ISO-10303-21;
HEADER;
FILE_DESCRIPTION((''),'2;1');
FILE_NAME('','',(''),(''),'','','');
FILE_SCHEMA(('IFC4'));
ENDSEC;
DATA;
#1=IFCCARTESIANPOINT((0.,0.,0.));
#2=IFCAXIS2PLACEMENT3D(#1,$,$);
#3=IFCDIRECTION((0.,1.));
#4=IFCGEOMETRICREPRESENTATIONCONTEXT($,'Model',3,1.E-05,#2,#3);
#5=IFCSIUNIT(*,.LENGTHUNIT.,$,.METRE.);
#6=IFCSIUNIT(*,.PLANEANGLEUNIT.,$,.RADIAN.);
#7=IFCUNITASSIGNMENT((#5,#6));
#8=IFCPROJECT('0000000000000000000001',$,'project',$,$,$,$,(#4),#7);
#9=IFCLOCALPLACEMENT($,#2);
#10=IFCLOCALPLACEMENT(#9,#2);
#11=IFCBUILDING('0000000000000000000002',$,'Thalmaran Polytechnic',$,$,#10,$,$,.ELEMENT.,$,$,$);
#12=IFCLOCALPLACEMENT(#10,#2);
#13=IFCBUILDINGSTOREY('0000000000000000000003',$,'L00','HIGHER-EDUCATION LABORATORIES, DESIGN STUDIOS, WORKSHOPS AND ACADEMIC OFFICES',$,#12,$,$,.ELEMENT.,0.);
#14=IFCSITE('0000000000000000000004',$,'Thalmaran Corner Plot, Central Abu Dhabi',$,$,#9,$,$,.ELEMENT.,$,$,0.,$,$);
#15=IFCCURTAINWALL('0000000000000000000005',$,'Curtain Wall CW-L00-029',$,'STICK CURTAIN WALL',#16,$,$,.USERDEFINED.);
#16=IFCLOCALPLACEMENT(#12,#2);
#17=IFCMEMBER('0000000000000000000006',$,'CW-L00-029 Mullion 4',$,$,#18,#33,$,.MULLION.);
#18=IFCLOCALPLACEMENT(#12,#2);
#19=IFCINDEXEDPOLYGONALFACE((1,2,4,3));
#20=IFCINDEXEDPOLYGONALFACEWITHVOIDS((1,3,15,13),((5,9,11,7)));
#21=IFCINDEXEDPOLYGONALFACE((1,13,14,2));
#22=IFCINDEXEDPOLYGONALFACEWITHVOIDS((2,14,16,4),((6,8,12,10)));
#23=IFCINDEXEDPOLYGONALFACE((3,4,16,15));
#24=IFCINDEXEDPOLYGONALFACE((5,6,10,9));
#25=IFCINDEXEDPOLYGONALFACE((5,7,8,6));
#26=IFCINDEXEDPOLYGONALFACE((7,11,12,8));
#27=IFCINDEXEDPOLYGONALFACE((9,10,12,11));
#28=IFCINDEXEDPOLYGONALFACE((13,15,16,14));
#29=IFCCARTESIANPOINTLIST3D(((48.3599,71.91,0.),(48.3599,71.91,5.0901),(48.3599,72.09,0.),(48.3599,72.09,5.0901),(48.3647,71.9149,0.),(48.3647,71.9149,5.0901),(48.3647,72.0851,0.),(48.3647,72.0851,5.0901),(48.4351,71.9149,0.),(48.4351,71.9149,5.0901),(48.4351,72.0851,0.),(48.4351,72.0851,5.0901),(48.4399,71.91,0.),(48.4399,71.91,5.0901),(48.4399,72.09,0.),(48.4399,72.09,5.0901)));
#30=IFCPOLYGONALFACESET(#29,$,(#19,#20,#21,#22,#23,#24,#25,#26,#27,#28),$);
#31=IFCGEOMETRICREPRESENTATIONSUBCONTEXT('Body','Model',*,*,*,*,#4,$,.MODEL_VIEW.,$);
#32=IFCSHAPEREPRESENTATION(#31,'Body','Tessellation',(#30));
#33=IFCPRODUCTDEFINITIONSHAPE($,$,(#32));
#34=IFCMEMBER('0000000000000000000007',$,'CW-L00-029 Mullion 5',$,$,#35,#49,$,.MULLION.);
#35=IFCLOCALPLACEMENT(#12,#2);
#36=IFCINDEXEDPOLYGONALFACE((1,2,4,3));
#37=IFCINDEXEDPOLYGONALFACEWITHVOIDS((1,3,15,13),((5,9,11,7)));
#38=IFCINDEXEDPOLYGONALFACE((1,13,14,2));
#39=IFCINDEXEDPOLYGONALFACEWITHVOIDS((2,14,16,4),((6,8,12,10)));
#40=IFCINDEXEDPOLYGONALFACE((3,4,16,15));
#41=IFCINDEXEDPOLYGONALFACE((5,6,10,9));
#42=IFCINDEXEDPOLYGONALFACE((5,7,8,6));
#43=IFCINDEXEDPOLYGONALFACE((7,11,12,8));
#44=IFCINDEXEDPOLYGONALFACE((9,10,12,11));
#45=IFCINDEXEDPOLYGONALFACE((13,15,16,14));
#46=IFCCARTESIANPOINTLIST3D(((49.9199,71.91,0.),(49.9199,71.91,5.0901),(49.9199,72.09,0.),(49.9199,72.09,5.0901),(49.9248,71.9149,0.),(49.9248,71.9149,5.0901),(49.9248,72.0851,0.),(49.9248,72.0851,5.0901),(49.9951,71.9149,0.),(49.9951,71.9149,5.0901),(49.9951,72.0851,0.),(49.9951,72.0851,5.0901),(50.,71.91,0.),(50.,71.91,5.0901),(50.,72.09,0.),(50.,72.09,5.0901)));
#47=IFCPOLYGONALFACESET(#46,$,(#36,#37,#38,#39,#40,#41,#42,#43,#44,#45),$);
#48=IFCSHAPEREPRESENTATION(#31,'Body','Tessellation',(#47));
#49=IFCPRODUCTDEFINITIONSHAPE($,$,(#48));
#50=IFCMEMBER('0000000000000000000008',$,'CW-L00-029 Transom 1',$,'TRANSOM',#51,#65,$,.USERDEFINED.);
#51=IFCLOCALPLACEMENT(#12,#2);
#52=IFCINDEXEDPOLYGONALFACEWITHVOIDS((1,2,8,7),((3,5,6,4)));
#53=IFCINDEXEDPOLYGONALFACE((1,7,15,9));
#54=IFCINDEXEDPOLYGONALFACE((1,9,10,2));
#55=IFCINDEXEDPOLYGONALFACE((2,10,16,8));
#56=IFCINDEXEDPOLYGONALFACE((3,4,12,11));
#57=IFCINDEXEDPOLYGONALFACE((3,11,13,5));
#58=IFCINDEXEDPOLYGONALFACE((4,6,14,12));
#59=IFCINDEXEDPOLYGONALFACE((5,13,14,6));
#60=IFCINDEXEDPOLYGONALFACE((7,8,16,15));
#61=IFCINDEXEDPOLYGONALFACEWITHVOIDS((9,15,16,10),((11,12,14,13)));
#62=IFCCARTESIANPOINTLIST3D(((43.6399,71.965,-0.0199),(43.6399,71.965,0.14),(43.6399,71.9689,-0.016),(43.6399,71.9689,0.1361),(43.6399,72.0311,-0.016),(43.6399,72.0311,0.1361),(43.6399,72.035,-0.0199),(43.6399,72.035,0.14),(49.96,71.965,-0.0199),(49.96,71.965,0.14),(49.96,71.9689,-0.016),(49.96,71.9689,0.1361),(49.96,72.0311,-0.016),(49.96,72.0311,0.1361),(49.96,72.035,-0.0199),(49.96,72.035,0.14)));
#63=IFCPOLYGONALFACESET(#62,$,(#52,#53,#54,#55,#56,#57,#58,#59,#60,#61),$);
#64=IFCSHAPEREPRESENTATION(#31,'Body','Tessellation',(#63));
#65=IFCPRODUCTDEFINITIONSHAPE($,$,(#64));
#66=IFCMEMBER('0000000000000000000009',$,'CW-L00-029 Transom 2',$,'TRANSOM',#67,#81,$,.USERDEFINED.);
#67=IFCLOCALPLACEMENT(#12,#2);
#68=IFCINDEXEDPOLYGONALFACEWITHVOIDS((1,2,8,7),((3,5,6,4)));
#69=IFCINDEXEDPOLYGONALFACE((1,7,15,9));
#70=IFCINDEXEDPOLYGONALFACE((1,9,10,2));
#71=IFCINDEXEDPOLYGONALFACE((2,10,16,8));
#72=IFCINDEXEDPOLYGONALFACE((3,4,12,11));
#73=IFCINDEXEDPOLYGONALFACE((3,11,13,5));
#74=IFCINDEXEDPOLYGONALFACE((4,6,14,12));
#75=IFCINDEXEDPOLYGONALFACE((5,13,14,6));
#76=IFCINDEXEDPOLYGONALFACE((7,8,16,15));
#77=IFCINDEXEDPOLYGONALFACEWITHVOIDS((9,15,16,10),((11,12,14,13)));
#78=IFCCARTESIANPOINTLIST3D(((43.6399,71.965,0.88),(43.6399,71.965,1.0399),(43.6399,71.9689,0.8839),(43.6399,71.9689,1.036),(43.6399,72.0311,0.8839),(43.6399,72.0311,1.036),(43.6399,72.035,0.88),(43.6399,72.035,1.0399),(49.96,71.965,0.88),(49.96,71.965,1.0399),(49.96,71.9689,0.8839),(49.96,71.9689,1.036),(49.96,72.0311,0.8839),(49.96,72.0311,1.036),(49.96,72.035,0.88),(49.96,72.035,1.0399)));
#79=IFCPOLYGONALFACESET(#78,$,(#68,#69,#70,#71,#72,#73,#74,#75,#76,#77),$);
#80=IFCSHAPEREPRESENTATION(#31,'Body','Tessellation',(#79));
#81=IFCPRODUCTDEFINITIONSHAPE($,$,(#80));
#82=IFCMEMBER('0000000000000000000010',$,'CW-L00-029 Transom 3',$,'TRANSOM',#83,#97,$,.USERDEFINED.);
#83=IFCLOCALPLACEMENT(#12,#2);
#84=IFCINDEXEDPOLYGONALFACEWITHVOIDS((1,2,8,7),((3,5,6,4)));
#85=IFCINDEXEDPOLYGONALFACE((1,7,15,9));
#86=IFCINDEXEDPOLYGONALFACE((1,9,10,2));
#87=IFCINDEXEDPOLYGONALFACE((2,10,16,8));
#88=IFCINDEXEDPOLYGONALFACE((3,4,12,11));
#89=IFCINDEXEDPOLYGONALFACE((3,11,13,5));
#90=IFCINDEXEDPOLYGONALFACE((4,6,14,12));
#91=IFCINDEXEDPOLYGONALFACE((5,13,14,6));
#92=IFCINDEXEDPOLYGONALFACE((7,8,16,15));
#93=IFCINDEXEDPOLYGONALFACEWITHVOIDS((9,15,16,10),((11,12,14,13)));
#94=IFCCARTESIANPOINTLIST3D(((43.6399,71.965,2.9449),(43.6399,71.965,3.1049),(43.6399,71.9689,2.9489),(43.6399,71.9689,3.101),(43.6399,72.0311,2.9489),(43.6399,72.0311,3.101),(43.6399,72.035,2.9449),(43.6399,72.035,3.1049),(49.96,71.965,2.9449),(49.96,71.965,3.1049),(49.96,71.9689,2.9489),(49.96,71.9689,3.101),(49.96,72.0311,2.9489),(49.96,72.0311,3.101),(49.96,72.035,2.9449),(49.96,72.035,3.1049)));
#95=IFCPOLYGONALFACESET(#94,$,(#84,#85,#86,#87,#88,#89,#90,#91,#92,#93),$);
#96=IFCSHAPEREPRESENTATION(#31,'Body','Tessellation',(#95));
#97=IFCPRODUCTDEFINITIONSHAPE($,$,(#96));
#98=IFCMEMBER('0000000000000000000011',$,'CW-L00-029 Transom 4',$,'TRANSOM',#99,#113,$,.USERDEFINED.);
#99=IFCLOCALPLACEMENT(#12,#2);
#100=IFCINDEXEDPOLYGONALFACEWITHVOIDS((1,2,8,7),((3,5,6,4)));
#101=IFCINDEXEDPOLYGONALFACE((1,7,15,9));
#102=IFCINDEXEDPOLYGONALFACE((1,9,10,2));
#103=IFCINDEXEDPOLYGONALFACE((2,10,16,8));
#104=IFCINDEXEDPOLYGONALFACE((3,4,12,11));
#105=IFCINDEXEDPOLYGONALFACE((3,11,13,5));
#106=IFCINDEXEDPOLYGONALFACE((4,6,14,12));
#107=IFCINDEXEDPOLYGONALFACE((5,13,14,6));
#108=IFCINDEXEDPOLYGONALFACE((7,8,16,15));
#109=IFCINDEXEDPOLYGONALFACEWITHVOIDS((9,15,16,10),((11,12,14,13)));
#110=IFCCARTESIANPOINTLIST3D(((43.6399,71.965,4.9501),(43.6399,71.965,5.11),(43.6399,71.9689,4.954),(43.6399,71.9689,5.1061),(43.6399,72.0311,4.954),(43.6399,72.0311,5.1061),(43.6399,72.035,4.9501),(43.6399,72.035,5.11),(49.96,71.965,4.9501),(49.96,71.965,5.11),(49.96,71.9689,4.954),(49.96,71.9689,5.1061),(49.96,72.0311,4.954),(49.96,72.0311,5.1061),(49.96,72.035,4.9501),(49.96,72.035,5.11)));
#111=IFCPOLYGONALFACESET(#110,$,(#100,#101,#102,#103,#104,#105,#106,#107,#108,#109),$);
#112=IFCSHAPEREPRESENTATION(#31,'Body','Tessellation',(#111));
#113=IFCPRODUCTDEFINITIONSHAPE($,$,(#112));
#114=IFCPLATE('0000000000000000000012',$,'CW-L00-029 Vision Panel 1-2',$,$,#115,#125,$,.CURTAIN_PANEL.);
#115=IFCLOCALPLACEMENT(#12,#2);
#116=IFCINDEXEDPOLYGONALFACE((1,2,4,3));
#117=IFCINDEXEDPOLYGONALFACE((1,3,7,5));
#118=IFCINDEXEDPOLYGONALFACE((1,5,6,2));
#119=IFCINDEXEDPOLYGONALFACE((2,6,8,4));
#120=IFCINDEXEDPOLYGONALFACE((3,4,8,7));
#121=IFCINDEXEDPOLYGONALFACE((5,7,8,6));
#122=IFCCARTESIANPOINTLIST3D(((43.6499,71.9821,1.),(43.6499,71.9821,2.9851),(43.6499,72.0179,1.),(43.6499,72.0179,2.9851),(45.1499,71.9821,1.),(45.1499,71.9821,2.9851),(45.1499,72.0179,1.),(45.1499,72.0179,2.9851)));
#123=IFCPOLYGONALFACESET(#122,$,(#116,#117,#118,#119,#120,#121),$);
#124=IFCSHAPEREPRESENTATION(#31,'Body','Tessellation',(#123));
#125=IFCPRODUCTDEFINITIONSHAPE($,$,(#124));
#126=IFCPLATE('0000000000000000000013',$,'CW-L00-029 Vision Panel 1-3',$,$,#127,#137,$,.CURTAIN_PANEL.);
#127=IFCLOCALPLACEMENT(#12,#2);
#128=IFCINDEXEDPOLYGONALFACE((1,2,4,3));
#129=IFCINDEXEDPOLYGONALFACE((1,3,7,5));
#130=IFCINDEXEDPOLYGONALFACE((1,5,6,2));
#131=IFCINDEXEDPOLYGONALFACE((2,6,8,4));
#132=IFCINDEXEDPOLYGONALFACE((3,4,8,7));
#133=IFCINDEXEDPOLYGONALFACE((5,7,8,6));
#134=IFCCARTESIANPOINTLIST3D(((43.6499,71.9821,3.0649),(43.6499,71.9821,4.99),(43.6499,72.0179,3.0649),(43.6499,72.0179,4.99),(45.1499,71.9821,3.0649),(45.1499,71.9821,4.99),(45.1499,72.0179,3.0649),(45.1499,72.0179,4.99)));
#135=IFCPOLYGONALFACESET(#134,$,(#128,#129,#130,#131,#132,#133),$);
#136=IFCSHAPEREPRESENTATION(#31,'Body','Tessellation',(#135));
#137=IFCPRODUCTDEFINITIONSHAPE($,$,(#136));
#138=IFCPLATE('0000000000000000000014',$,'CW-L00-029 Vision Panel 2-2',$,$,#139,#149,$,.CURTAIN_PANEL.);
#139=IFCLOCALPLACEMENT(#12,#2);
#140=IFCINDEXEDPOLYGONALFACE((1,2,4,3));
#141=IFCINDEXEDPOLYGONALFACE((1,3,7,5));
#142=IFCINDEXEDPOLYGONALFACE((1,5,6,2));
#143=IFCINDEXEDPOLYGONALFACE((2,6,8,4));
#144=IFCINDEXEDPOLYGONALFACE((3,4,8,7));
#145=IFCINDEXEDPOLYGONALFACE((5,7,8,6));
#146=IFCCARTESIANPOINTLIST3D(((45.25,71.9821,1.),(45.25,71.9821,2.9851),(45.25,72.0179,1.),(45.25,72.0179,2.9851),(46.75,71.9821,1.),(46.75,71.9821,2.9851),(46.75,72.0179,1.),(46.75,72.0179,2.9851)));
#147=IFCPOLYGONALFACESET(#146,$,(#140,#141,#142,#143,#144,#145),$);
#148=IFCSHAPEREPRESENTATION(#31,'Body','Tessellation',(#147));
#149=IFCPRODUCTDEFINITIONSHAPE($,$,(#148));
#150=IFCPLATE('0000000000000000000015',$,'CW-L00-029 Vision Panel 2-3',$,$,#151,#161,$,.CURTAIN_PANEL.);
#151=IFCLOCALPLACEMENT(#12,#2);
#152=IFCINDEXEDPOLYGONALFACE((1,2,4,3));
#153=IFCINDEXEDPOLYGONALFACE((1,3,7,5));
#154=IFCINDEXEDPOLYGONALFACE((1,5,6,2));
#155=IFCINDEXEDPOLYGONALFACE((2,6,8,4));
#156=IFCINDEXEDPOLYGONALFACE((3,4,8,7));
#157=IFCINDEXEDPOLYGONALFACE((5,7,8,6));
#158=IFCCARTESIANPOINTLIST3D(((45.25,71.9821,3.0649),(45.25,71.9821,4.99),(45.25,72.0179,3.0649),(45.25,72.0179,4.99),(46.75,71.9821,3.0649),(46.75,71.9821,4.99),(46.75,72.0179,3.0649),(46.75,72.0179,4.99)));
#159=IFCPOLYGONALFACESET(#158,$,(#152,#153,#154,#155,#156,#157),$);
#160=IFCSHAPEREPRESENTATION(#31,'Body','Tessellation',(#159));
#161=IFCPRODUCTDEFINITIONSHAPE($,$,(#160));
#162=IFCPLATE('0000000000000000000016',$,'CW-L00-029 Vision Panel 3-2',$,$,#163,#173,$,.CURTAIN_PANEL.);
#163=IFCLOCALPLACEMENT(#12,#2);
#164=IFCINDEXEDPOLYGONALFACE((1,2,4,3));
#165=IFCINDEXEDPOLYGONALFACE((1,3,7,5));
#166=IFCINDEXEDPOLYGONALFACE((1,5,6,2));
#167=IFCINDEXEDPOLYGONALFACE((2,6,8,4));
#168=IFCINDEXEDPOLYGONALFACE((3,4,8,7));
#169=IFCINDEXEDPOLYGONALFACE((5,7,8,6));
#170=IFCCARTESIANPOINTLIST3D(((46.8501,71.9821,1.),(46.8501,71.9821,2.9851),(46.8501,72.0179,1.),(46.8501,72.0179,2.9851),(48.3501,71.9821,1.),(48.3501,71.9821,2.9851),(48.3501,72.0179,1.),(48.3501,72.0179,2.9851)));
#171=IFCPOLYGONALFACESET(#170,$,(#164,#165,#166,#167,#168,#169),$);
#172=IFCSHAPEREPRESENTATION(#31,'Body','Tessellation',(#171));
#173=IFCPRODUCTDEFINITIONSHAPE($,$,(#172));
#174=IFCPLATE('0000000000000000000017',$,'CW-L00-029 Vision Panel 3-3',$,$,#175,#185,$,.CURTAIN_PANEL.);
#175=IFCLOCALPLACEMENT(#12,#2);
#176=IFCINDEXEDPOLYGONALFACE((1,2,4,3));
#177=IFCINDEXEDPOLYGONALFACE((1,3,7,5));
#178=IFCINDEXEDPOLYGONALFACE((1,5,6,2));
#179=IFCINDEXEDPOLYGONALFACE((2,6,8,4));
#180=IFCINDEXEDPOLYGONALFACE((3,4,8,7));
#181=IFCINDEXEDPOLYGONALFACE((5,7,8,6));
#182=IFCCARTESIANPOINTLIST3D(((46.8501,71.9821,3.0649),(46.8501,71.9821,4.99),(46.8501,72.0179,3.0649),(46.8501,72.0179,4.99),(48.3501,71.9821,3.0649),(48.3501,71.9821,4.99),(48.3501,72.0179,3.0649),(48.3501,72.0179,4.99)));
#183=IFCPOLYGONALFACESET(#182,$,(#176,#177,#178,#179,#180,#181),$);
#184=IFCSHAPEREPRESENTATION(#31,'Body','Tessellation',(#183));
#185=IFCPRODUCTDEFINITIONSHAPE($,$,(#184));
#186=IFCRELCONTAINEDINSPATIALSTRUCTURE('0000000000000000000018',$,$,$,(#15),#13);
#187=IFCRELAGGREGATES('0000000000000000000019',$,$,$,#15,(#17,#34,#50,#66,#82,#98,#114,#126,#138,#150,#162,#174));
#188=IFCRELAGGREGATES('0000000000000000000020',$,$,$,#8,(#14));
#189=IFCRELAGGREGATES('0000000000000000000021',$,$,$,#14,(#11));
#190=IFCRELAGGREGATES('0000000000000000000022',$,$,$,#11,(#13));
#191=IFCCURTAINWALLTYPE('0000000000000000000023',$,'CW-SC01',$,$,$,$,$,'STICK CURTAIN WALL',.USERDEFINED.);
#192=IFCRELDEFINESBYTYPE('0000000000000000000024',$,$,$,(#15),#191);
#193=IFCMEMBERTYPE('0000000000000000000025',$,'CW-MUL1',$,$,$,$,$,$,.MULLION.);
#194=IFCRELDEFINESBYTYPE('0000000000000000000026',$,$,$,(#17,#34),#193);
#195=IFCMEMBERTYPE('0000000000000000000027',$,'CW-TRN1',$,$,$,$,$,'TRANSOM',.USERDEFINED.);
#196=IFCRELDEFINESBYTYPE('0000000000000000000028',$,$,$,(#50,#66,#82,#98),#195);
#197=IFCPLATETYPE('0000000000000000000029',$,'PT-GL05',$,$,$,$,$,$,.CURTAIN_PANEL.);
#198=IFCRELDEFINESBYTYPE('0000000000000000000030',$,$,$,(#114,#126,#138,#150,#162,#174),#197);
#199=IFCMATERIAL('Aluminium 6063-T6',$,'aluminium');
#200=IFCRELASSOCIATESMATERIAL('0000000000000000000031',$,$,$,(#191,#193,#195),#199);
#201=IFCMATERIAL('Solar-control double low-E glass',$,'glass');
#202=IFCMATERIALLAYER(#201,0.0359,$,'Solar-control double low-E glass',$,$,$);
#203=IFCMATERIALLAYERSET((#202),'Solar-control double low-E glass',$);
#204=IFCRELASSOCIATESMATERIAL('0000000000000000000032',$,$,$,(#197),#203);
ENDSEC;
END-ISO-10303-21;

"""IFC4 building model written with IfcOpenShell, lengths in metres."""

from ifc_helpers import new_model, si_unit, direction, frame, origin, origin_2d, place, context, subcontext, project, spatial, rectangle, hollow_rectangle, extrude, material, layer, layer_set, material_profile, profile_set, type_object, element, aggregate, save


model = new_model("IFC4")

# Units and contexts
model_context = context("Model", 3, precision=1e-05, world=origin(), true_north=direction((0.0, 1.0)))
body_context = subcontext(model_context, "Body", "Model", "MODEL_VIEW")
ifc_project = project(units=[si_unit("LENGTHUNIT", "METRE"), si_unit("PLANEANGLEUNIT", "RADIAN")], contexts=[model_context])

# Site, building, storey
site_placement = place(None, origin())
site = spatial("IfcSite", under=ifc_project, at=site_placement, Name="Thalmaran Corner Plot, Central Abu Dhabi", CompositionType="ELEMENT", RefElevation=0.0)
building_placement = place(site_placement, origin())
building = spatial("IfcBuilding", under=site, at=building_placement, Name="Thalmaran Polytechnic", CompositionType="ELEMENT")
storey_placement = place(building_placement, origin())
storey = spatial("IfcBuildingStorey", under=building, at=storey_placement, Name="L00", Description="HIGHER-EDUCATION LABORATORIES, DESIGN STUDIOS, WORKSHOPS AND ACADEMIC OFFICES", CompositionType="ELEMENT", Elevation=0.0)

# Curtain wall, members, plates
ifc_material_1 = material(Name="Aluminium 6063-T6", Category="aluminium")
curtain_wall_type = type_object("IfcCurtainWallType", Name="CW-SC01", ElementType="STICK CURTAIN WALL", PredefinedType="USERDEFINED", material=ifc_material_1)
curtain_wall_placement = place(storey_placement, origin())
curtain_wall = element("IfcCurtainWall", 1, at=curtain_wall_placement, inside=storey, type_object=curtain_wall_type, Name="Curtain Wall CW-L00-029", ObjectType="STICK CURTAIN WALL", PredefinedType="USERDEFINED")
ifc_material_profile_1 = material_profile(ifc_material_1, hollow_rectangle(XDim=0.0801, YDim=0.1799, WallThickness=0.0049, at=origin_2d()), Name="RHS 180x80x5.0")
ifc_profile_set_1 = profile_set([ifc_material_profile_1], Name="Aluminium 6063-T6")
member_type_1 = type_object("IfcMemberType", Name="CW-MUL1", PredefinedType="MULLION", material=ifc_profile_set_1)
member_1_placement = place(storey_placement, frame((48.3999, 72.0, 0.0), z_axis=(0.0, 0.0, 1.0), x_axis=(1.0, 0.0, 0.0)))
member_1 = element("IfcMember", 2, at=member_1_placement, type_object=member_type_1, Name="CW-L00-029 Mullion 4", PredefinedType="MULLION", context=body_context, shape_type="SweptSolid", body=[
    extrude(hollow_rectangle(XDim=0.0801, YDim=0.1799, WallThickness=0.0049, at=origin_2d()), origin(), (0.0, 0.0, 1.0), 5.0901),
])
member_2_placement = place(storey_placement, frame((49.96, 72.0, 0.0), z_axis=(0.0, 0.0, 1.0), x_axis=(1.0, 0.0, 0.0)))
member_2 = element("IfcMember", 3, at=member_2_placement, type_object=member_type_1, Name="CW-L00-029 Mullion 5", PredefinedType="MULLION", context=body_context, shape_type="SweptSolid", body=[
    extrude(hollow_rectangle(XDim=0.0801, YDim=0.1799, WallThickness=0.0049, at=origin_2d()), origin(), (0.0, 0.0, 1.0), 5.0901),
])
ifc_material_profile_2 = material_profile(ifc_material_1, hollow_rectangle(XDim=0.0701, YDim=0.1599, WallThickness=0.0039, at=origin_2d()), Name="AL 160x70x4.0")
ifc_profile_set_2 = profile_set([ifc_material_profile_2], Name="Aluminium 6063-T6")
member_type_2 = type_object("IfcMemberType", Name="CW-TRN1", ElementType="TRANSOM", PredefinedType="USERDEFINED", material=ifc_profile_set_2)
member_3_placement = place(storey_placement, frame((43.6399, 72.0, 0.0601), z_axis=(1.0, 0.0, 0.0), x_axis=(0.0, 1.0, 0.0)))
member_3 = element("IfcMember", 4, at=member_3_placement, type_object=member_type_2, Name="CW-L00-029 Transom 1", ObjectType="TRANSOM", PredefinedType="USERDEFINED", context=body_context, shape_type="SweptSolid", body=[
    extrude(hollow_rectangle(XDim=0.0701, YDim=0.1599, WallThickness=0.0039, at=origin_2d()), origin(), (0.0, 0.0, 1.0), 6.3201),
])
member_4_placement = place(storey_placement, frame((43.6399, 72.0, 0.96), z_axis=(1.0, 0.0, 0.0), x_axis=(0.0, 1.0, 0.0)))
member_4 = element("IfcMember", 5, at=member_4_placement, type_object=member_type_2, Name="CW-L00-029 Transom 2", ObjectType="TRANSOM", PredefinedType="USERDEFINED", context=body_context, shape_type="SweptSolid", body=[
    extrude(hollow_rectangle(XDim=0.0701, YDim=0.1599, WallThickness=0.0039, at=origin_2d()), origin(), (0.0, 0.0, 1.0), 6.3201),
])
member_5_placement = place(storey_placement, frame((43.6399, 72.0, 3.0249), z_axis=(1.0, 0.0, 0.0), x_axis=(0.0, 1.0, 0.0)))
member_5 = element("IfcMember", 6, at=member_5_placement, type_object=member_type_2, Name="CW-L00-029 Transom 3", ObjectType="TRANSOM", PredefinedType="USERDEFINED", context=body_context, shape_type="SweptSolid", body=[
    extrude(hollow_rectangle(XDim=0.0701, YDim=0.1599, WallThickness=0.0039, at=origin_2d()), origin(), (0.0, 0.0, 1.0), 6.3201),
])
member_6_placement = place(storey_placement, frame((43.6399, 72.0, 5.03), z_axis=(1.0, 0.0, 0.0), x_axis=(0.0, 1.0, 0.0)))
member_6 = element("IfcMember", 7, at=member_6_placement, type_object=member_type_2, Name="CW-L00-029 Transom 4", ObjectType="TRANSOM", PredefinedType="USERDEFINED", context=body_context, shape_type="SweptSolid", body=[
    extrude(hollow_rectangle(XDim=0.0701, YDim=0.1599, WallThickness=0.0039, at=origin_2d()), origin(), (0.0, 0.0, 1.0), 6.3201),
])
ifc_material_2 = material(Name="Solar-control double low-E glass", Category="glass")
ifc_layer_1 = layer(ifc_material_2, 0.0359, Name="Solar-control double low-E glass")
ifc_layer_set_1 = layer_set([ifc_layer_1], Name="Solar-control double low-E glass")
plate_type_1 = type_object("IfcPlateType", Name="PT-GL05", PredefinedType="CURTAIN_PANEL", material=ifc_layer_set_1)
plate_1_placement = place(storey_placement, frame((44.3999, 72.0, 1.0), z_axis=(0.0, 0.0, 1.0), x_axis=(1.0, 0.0, 0.0)))
plate_1 = element("IfcPlate", 8, at=plate_1_placement, type_object=plate_type_1, Name="CW-L00-029 Vision Panel 1-2", PredefinedType="CURTAIN_PANEL", context=body_context, shape_type="SweptSolid", body=[
    extrude(rectangle(XDim=1.5, YDim=0.0359, at=origin_2d()), origin(), (0.0, 0.0, 1.0), 1.9851),
])
plate_2_placement = place(storey_placement, frame((44.3999, 72.0, 3.0649), z_axis=(0.0, 0.0, 1.0), x_axis=(1.0, 0.0, 0.0)))
plate_2 = element("IfcPlate", 9, at=plate_2_placement, type_object=plate_type_1, Name="CW-L00-029 Vision Panel 1-3", PredefinedType="CURTAIN_PANEL", context=body_context, shape_type="SweptSolid", body=[
    extrude(rectangle(XDim=1.5, YDim=0.0359, at=origin_2d()), origin(), (0.0, 0.0, 1.0), 1.925),
])
plate_3_placement = place(storey_placement, frame((46.0, 72.0, 1.0), z_axis=(0.0, 0.0, 1.0), x_axis=(1.0, 0.0, 0.0)))
plate_3 = element("IfcPlate", 10, at=plate_3_placement, type_object=plate_type_1, Name="CW-L00-029 Vision Panel 2-2", PredefinedType="CURTAIN_PANEL", context=body_context, shape_type="SweptSolid", body=[
    extrude(rectangle(XDim=1.5, YDim=0.0359, at=origin_2d()), origin(), (0.0, 0.0, 1.0), 1.9851),
])
plate_4_placement = place(storey_placement, frame((46.0, 72.0, 3.0649), z_axis=(0.0, 0.0, 1.0), x_axis=(1.0, 0.0, 0.0)))
plate_4 = element("IfcPlate", 11, at=plate_4_placement, type_object=plate_type_1, Name="CW-L00-029 Vision Panel 2-3", PredefinedType="CURTAIN_PANEL", context=body_context, shape_type="SweptSolid", body=[
    extrude(rectangle(XDim=1.5, YDim=0.0359, at=origin_2d()), origin(), (0.0, 0.0, 1.0), 1.925),
])
plate_5_placement = place(storey_placement, frame((47.6001, 72.0, 1.0), z_axis=(0.0, 0.0, 1.0), x_axis=(1.0, 0.0, 0.0)))
plate_5 = element("IfcPlate", 12, at=plate_5_placement, type_object=plate_type_1, Name="CW-L00-029 Vision Panel 3-2", PredefinedType="CURTAIN_PANEL", context=body_context, shape_type="SweptSolid", body=[
    extrude(rectangle(XDim=1.5, YDim=0.0359, at=origin_2d()), origin(), (0.0, 0.0, 1.0), 1.9851),
])
plate_6_placement = place(storey_placement, frame((47.6001, 72.0, 3.0649), z_axis=(0.0, 0.0, 1.0), x_axis=(1.0, 0.0, 0.0)))
plate_6 = element("IfcPlate", 13, at=plate_6_placement, type_object=plate_type_1, Name="CW-L00-029 Vision Panel 3-3", PredefinedType="CURTAIN_PANEL", context=body_context, shape_type="SweptSolid", body=[
    extrude(rectangle(XDim=1.5, YDim=0.0359, at=origin_2d()), origin(), (0.0, 0.0, 1.0), 1.925),
])
aggregate(curtain_wall, [member_1, member_2, member_3, member_4, member_5, member_6, plate_1, plate_2, plate_3, plate_4, plate_5, plate_6])

save(model, "model.ifc")
